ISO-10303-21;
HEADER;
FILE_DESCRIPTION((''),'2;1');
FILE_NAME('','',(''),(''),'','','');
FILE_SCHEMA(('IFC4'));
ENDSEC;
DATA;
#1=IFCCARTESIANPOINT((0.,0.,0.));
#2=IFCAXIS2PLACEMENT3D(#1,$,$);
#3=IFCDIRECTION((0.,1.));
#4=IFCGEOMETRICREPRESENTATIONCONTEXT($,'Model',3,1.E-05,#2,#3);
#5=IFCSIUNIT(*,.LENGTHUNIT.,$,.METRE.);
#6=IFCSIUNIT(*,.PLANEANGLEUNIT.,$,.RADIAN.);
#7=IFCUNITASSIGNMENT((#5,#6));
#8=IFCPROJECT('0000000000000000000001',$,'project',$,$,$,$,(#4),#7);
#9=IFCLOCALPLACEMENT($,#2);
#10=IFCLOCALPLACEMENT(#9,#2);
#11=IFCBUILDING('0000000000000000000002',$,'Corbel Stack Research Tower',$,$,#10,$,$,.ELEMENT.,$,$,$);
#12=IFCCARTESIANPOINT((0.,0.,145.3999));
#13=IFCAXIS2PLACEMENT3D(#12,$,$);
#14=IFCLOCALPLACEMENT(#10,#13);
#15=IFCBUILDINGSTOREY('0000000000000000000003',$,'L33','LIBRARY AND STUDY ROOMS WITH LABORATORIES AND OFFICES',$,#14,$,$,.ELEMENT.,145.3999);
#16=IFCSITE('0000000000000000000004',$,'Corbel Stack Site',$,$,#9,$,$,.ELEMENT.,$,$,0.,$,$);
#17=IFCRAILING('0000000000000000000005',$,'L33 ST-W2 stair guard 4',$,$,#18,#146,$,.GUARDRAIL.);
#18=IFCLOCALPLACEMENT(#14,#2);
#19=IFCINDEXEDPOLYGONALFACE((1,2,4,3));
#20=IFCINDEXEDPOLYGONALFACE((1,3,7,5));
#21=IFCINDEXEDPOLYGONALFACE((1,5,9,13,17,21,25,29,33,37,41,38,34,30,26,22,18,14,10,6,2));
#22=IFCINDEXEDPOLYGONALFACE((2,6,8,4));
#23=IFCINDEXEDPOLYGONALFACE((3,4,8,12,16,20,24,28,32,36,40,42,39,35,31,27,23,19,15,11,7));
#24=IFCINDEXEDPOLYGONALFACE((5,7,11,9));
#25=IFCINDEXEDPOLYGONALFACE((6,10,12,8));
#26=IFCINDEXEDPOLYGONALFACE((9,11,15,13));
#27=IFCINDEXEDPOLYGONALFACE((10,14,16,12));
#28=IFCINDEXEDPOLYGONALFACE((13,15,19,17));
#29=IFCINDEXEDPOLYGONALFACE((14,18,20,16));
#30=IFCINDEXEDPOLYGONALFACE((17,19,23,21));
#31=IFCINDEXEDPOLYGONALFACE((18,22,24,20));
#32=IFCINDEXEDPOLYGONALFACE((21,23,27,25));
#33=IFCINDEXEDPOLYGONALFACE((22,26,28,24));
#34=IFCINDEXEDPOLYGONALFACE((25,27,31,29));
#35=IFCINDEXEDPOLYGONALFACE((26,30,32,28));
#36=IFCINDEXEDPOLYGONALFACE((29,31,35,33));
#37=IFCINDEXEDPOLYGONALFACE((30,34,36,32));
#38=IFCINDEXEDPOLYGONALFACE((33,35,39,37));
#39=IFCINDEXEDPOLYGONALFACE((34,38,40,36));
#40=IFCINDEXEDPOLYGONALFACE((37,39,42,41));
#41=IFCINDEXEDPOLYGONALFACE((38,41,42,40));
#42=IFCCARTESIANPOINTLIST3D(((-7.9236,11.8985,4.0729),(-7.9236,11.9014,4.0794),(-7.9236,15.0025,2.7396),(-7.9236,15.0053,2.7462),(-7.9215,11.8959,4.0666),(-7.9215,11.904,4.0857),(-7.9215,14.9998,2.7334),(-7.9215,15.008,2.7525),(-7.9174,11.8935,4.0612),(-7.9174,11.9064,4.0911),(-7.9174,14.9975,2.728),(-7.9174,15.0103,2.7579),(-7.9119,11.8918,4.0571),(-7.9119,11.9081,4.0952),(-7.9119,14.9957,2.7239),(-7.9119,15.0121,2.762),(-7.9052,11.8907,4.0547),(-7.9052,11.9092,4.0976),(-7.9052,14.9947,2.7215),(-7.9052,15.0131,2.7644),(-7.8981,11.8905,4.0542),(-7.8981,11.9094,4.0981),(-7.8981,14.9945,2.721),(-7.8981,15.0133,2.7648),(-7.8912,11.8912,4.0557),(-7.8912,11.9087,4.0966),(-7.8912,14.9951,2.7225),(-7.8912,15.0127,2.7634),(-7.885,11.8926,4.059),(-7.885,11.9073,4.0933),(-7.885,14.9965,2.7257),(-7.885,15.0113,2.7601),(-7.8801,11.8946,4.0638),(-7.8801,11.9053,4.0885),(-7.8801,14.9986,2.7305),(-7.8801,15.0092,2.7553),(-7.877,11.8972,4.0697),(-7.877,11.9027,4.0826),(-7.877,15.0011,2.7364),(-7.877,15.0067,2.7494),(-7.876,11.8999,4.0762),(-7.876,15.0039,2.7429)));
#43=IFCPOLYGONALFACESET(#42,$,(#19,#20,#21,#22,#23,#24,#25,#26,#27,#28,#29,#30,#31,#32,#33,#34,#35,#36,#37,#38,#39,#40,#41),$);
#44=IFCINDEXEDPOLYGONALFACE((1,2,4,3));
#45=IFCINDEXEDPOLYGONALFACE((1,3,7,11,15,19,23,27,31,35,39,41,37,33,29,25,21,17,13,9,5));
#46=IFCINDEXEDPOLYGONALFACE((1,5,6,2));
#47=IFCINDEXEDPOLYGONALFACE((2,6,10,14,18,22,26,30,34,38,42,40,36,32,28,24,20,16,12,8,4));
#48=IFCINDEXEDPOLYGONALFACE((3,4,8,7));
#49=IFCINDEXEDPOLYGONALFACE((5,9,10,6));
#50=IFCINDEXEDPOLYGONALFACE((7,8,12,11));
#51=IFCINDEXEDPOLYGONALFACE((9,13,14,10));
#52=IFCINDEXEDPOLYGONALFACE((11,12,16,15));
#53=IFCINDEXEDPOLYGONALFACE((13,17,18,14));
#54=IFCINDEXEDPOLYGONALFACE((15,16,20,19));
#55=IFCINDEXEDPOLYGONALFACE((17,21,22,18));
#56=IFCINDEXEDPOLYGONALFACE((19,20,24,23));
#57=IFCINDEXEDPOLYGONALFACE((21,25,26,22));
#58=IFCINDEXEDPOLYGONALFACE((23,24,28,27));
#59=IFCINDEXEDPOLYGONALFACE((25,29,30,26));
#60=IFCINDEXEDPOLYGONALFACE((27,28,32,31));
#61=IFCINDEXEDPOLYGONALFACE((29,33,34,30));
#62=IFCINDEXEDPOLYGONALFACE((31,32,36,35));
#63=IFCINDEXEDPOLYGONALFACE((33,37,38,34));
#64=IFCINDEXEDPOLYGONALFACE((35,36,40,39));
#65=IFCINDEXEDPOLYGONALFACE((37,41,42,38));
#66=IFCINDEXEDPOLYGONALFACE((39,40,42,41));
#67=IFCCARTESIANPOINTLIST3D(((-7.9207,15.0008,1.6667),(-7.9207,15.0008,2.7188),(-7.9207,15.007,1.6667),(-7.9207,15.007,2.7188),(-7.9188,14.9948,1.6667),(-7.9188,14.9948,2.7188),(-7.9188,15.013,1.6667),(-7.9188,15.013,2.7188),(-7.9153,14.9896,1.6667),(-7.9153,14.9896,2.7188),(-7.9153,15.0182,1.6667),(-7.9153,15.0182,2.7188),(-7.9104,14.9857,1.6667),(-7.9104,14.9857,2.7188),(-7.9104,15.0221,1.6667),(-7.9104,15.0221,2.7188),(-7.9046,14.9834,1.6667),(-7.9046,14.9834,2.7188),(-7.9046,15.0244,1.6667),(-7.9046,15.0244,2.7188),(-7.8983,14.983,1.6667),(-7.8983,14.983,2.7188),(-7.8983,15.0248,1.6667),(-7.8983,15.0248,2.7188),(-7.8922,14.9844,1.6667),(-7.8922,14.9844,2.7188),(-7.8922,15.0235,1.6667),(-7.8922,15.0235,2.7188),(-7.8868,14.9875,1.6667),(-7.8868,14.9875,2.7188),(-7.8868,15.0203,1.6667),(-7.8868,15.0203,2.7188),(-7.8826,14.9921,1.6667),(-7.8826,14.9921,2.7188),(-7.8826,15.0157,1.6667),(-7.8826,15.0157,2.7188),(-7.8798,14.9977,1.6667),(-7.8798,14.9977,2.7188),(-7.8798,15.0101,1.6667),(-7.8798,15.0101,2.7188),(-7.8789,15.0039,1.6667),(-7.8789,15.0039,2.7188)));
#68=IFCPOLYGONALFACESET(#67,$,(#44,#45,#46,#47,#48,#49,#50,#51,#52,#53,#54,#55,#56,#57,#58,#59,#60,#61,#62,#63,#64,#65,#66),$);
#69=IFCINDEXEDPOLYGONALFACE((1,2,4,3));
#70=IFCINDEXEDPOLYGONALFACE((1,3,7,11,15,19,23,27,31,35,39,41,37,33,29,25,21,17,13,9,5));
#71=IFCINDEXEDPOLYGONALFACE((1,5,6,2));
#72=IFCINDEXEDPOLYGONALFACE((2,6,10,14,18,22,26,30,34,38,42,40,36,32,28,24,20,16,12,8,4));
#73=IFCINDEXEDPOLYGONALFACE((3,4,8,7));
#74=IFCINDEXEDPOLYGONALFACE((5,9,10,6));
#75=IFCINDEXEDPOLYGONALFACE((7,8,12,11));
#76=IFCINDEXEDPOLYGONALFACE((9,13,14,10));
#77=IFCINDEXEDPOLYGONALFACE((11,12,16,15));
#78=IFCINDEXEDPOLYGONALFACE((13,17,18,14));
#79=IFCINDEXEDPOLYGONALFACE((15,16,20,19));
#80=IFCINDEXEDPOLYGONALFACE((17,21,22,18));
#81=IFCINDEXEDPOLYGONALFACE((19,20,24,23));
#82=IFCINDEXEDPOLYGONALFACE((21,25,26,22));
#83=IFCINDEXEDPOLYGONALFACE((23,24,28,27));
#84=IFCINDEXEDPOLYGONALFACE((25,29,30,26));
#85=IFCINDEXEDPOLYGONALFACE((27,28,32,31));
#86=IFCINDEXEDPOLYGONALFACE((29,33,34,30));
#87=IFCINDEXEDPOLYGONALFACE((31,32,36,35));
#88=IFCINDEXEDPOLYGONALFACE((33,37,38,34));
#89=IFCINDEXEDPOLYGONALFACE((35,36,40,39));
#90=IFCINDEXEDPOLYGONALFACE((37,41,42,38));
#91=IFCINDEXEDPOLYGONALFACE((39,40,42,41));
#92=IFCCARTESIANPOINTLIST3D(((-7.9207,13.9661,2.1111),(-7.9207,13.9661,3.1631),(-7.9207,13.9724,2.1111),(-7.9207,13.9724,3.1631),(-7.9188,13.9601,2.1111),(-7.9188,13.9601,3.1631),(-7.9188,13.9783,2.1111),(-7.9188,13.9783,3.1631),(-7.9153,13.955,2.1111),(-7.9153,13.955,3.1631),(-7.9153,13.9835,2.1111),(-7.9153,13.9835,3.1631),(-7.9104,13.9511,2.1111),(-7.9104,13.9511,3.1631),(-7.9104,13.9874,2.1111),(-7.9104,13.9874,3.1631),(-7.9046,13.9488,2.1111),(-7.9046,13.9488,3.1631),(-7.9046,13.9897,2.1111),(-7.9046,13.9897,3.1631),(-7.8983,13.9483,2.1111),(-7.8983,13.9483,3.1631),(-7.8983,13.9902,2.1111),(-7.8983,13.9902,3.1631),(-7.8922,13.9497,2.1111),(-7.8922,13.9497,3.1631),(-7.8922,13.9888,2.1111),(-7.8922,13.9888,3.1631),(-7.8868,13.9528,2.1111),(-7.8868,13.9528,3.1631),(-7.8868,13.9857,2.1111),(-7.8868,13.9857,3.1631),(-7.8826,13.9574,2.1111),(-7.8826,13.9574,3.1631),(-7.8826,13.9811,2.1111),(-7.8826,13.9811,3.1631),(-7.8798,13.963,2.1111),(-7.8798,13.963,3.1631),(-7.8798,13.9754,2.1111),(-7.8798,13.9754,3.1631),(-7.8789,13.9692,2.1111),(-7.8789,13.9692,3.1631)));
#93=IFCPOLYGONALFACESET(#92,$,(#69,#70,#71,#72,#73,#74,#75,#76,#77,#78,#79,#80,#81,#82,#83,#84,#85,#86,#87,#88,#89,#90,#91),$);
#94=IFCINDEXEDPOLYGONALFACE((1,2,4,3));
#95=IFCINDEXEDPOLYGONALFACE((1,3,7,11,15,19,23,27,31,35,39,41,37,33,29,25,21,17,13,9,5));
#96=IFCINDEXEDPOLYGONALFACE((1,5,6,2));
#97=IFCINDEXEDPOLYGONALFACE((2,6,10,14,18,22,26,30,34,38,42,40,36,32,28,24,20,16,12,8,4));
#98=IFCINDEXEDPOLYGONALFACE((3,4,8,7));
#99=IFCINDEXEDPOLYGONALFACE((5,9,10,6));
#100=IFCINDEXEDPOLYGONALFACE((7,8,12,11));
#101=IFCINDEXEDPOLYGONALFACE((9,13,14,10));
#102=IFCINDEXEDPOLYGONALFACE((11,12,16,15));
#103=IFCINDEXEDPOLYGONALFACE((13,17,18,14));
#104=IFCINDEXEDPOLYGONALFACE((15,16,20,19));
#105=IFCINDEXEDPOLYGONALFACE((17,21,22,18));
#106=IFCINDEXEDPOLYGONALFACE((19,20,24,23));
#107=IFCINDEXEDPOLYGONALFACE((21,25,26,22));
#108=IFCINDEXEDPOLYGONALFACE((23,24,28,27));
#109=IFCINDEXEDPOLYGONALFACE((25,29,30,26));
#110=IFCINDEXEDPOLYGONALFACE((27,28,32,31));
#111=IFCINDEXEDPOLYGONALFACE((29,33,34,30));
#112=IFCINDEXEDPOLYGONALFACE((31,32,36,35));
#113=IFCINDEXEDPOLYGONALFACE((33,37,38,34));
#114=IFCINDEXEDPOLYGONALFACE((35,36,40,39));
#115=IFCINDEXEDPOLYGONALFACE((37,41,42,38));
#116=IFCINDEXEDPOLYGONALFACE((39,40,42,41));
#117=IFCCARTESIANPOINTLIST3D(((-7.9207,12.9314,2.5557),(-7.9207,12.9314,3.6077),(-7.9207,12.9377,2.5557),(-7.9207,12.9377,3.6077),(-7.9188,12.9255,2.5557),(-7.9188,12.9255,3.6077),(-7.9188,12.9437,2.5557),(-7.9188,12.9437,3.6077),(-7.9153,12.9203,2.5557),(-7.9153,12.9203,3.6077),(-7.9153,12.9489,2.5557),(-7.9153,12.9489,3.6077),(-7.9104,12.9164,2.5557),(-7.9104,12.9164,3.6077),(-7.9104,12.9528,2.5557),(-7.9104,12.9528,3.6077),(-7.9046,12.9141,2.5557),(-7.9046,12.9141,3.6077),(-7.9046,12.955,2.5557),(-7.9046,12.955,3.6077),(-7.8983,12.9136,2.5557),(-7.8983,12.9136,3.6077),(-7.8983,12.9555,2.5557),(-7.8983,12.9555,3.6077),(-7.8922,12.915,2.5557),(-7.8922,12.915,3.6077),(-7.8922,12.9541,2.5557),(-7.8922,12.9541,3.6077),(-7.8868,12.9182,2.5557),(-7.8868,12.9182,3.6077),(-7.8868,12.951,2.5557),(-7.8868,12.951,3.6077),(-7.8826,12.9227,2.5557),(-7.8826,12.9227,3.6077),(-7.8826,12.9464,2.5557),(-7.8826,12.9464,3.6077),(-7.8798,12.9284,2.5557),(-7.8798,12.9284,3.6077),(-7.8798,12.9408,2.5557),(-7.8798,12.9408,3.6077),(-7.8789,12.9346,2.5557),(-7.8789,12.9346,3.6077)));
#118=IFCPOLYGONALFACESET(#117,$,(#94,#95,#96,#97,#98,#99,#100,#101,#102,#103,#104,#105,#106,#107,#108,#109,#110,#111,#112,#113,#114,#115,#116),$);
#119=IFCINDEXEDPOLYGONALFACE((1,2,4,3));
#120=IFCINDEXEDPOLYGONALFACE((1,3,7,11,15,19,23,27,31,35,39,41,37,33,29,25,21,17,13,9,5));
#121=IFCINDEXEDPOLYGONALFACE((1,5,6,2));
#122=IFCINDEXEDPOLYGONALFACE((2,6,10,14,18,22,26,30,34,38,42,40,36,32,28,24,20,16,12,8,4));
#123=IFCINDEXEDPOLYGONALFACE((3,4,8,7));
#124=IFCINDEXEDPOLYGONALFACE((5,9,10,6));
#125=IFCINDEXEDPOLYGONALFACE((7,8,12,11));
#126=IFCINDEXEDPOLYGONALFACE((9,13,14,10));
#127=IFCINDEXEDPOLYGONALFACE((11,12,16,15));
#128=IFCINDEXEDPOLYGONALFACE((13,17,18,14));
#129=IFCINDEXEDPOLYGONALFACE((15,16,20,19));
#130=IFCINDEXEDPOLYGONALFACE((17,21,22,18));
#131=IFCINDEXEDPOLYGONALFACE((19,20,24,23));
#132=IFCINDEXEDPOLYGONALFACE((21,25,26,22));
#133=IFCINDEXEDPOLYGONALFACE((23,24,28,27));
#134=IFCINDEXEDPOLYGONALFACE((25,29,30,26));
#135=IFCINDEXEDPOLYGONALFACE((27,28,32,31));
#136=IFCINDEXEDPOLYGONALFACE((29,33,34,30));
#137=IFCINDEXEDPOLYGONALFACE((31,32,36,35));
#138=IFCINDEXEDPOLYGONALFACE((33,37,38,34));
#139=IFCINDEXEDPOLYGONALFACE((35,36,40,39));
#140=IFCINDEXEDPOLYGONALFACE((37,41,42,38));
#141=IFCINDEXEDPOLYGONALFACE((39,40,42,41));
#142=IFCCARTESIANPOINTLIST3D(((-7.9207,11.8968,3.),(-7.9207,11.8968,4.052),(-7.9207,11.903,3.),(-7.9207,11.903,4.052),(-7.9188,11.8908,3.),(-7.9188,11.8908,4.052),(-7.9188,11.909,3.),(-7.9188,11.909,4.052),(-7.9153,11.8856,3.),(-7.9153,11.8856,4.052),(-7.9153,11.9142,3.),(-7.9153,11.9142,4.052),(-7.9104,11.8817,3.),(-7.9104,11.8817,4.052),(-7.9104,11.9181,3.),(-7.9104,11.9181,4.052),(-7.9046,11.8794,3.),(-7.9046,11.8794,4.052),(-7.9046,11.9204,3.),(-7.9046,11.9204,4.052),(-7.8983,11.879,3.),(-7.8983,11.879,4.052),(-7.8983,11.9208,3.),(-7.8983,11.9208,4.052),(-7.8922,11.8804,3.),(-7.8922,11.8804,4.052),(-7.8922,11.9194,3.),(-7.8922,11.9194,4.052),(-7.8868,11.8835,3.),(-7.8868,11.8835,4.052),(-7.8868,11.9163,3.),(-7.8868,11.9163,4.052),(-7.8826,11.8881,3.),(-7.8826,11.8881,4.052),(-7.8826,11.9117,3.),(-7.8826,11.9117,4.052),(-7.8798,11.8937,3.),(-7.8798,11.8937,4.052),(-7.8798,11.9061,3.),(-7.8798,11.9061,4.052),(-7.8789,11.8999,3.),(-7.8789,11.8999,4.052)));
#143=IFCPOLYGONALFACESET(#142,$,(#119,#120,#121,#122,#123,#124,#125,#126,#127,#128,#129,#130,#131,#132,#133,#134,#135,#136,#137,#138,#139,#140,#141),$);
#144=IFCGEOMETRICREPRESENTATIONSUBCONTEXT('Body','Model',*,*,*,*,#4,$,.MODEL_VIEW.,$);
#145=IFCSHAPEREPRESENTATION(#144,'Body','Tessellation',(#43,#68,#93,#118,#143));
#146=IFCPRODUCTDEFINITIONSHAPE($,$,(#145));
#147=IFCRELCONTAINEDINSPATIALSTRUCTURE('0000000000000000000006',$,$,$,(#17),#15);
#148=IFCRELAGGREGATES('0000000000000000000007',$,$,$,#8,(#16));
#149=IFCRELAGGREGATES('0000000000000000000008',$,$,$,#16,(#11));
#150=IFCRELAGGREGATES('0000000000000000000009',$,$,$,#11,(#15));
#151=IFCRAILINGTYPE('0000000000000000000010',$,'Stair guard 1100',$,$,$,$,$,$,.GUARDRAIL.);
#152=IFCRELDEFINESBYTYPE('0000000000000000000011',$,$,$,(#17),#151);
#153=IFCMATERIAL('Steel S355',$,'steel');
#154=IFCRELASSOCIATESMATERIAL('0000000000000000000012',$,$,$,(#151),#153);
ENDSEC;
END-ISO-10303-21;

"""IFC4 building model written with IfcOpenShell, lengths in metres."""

from ifc_helpers import new_model, si_unit, direction, frame, origin, origin_2d, place, context, subcontext, project, spatial, circle, extrude, material, type_object, element, save


model = new_model("IFC4")

# Units and contexts
model_context = context("Model", 3, precision=1e-05, world=origin(), true_north=direction((0.0, 1.0)))
body_context = subcontext(model_context, "Body", "Model", "MODEL_VIEW")
ifc_project = project(units=[si_unit("LENGTHUNIT", "METRE"), si_unit("PLANEANGLEUNIT", "RADIAN")], contexts=[model_context])

# Site, building, storey
site_placement = place(None, origin())
site = spatial("IfcSite", under=ifc_project, at=site_placement, Name="Corbel Stack Site", CompositionType="ELEMENT", RefElevation=0.0)
building_placement = place(site_placement, origin())
building = spatial("IfcBuilding", under=site, at=building_placement, Name="Corbel Stack Research Tower", CompositionType="ELEMENT")
storey_placement = place(building_placement, frame((0.0, 0.0, 145.3999)))
storey = spatial("IfcBuildingStorey", under=building, at=storey_placement, Name="L33", Description="LIBRARY AND STUDY ROOMS WITH LABORATORIES AND OFFICES", CompositionType="ELEMENT", Elevation=145.3999)

# Railing
ifc_material_1 = material(Name="Steel S355", Category="steel")
railing_type_1 = type_object("IfcRailingType", Name="Stair guard 1100", PredefinedType="GUARDRAIL", material=ifc_material_1)
railing_1_placement = place(storey_placement, frame((-7.8999, 15.0039, 1.6667)))
element("IfcRailing", 1, at=railing_1_placement, inside=storey, type_object=railing_type_1, Name="L33 ST-W2 stair guard 4", PredefinedType="GUARDRAIL", context=body_context, shape_type="SweptSolid", body=[
    extrude(circle(Radius=0.0239, at=origin_2d()), frame((0.0, 0.0, 1.0762), z_axis=(0.0, -0.918827, 0.394661), x_axis=(1.0, 0.0, 0.0)), (0.0, 0.0, 1.0), 3.3782),
    extrude(circle(Radius=0.021, at=origin_2d()), origin(), (0.0, 0.0, 1.0), 1.052),
    extrude(circle(Radius=0.021, at=origin_2d()), frame((0.0, -1.0347, 0.4443)), (0.0, 0.0, 1.0), 1.052),
    extrude(circle(Radius=0.021, at=origin_2d()), frame((0.0, -2.0693, 0.8889)), (0.0, 0.0, 1.0), 1.052),
    extrude(circle(Radius=0.021, at=origin_2d()), frame((0.0, -3.104, 1.3333)), (0.0, 0.0, 1.0), 1.052),
])

save(model, "model.ifc")
